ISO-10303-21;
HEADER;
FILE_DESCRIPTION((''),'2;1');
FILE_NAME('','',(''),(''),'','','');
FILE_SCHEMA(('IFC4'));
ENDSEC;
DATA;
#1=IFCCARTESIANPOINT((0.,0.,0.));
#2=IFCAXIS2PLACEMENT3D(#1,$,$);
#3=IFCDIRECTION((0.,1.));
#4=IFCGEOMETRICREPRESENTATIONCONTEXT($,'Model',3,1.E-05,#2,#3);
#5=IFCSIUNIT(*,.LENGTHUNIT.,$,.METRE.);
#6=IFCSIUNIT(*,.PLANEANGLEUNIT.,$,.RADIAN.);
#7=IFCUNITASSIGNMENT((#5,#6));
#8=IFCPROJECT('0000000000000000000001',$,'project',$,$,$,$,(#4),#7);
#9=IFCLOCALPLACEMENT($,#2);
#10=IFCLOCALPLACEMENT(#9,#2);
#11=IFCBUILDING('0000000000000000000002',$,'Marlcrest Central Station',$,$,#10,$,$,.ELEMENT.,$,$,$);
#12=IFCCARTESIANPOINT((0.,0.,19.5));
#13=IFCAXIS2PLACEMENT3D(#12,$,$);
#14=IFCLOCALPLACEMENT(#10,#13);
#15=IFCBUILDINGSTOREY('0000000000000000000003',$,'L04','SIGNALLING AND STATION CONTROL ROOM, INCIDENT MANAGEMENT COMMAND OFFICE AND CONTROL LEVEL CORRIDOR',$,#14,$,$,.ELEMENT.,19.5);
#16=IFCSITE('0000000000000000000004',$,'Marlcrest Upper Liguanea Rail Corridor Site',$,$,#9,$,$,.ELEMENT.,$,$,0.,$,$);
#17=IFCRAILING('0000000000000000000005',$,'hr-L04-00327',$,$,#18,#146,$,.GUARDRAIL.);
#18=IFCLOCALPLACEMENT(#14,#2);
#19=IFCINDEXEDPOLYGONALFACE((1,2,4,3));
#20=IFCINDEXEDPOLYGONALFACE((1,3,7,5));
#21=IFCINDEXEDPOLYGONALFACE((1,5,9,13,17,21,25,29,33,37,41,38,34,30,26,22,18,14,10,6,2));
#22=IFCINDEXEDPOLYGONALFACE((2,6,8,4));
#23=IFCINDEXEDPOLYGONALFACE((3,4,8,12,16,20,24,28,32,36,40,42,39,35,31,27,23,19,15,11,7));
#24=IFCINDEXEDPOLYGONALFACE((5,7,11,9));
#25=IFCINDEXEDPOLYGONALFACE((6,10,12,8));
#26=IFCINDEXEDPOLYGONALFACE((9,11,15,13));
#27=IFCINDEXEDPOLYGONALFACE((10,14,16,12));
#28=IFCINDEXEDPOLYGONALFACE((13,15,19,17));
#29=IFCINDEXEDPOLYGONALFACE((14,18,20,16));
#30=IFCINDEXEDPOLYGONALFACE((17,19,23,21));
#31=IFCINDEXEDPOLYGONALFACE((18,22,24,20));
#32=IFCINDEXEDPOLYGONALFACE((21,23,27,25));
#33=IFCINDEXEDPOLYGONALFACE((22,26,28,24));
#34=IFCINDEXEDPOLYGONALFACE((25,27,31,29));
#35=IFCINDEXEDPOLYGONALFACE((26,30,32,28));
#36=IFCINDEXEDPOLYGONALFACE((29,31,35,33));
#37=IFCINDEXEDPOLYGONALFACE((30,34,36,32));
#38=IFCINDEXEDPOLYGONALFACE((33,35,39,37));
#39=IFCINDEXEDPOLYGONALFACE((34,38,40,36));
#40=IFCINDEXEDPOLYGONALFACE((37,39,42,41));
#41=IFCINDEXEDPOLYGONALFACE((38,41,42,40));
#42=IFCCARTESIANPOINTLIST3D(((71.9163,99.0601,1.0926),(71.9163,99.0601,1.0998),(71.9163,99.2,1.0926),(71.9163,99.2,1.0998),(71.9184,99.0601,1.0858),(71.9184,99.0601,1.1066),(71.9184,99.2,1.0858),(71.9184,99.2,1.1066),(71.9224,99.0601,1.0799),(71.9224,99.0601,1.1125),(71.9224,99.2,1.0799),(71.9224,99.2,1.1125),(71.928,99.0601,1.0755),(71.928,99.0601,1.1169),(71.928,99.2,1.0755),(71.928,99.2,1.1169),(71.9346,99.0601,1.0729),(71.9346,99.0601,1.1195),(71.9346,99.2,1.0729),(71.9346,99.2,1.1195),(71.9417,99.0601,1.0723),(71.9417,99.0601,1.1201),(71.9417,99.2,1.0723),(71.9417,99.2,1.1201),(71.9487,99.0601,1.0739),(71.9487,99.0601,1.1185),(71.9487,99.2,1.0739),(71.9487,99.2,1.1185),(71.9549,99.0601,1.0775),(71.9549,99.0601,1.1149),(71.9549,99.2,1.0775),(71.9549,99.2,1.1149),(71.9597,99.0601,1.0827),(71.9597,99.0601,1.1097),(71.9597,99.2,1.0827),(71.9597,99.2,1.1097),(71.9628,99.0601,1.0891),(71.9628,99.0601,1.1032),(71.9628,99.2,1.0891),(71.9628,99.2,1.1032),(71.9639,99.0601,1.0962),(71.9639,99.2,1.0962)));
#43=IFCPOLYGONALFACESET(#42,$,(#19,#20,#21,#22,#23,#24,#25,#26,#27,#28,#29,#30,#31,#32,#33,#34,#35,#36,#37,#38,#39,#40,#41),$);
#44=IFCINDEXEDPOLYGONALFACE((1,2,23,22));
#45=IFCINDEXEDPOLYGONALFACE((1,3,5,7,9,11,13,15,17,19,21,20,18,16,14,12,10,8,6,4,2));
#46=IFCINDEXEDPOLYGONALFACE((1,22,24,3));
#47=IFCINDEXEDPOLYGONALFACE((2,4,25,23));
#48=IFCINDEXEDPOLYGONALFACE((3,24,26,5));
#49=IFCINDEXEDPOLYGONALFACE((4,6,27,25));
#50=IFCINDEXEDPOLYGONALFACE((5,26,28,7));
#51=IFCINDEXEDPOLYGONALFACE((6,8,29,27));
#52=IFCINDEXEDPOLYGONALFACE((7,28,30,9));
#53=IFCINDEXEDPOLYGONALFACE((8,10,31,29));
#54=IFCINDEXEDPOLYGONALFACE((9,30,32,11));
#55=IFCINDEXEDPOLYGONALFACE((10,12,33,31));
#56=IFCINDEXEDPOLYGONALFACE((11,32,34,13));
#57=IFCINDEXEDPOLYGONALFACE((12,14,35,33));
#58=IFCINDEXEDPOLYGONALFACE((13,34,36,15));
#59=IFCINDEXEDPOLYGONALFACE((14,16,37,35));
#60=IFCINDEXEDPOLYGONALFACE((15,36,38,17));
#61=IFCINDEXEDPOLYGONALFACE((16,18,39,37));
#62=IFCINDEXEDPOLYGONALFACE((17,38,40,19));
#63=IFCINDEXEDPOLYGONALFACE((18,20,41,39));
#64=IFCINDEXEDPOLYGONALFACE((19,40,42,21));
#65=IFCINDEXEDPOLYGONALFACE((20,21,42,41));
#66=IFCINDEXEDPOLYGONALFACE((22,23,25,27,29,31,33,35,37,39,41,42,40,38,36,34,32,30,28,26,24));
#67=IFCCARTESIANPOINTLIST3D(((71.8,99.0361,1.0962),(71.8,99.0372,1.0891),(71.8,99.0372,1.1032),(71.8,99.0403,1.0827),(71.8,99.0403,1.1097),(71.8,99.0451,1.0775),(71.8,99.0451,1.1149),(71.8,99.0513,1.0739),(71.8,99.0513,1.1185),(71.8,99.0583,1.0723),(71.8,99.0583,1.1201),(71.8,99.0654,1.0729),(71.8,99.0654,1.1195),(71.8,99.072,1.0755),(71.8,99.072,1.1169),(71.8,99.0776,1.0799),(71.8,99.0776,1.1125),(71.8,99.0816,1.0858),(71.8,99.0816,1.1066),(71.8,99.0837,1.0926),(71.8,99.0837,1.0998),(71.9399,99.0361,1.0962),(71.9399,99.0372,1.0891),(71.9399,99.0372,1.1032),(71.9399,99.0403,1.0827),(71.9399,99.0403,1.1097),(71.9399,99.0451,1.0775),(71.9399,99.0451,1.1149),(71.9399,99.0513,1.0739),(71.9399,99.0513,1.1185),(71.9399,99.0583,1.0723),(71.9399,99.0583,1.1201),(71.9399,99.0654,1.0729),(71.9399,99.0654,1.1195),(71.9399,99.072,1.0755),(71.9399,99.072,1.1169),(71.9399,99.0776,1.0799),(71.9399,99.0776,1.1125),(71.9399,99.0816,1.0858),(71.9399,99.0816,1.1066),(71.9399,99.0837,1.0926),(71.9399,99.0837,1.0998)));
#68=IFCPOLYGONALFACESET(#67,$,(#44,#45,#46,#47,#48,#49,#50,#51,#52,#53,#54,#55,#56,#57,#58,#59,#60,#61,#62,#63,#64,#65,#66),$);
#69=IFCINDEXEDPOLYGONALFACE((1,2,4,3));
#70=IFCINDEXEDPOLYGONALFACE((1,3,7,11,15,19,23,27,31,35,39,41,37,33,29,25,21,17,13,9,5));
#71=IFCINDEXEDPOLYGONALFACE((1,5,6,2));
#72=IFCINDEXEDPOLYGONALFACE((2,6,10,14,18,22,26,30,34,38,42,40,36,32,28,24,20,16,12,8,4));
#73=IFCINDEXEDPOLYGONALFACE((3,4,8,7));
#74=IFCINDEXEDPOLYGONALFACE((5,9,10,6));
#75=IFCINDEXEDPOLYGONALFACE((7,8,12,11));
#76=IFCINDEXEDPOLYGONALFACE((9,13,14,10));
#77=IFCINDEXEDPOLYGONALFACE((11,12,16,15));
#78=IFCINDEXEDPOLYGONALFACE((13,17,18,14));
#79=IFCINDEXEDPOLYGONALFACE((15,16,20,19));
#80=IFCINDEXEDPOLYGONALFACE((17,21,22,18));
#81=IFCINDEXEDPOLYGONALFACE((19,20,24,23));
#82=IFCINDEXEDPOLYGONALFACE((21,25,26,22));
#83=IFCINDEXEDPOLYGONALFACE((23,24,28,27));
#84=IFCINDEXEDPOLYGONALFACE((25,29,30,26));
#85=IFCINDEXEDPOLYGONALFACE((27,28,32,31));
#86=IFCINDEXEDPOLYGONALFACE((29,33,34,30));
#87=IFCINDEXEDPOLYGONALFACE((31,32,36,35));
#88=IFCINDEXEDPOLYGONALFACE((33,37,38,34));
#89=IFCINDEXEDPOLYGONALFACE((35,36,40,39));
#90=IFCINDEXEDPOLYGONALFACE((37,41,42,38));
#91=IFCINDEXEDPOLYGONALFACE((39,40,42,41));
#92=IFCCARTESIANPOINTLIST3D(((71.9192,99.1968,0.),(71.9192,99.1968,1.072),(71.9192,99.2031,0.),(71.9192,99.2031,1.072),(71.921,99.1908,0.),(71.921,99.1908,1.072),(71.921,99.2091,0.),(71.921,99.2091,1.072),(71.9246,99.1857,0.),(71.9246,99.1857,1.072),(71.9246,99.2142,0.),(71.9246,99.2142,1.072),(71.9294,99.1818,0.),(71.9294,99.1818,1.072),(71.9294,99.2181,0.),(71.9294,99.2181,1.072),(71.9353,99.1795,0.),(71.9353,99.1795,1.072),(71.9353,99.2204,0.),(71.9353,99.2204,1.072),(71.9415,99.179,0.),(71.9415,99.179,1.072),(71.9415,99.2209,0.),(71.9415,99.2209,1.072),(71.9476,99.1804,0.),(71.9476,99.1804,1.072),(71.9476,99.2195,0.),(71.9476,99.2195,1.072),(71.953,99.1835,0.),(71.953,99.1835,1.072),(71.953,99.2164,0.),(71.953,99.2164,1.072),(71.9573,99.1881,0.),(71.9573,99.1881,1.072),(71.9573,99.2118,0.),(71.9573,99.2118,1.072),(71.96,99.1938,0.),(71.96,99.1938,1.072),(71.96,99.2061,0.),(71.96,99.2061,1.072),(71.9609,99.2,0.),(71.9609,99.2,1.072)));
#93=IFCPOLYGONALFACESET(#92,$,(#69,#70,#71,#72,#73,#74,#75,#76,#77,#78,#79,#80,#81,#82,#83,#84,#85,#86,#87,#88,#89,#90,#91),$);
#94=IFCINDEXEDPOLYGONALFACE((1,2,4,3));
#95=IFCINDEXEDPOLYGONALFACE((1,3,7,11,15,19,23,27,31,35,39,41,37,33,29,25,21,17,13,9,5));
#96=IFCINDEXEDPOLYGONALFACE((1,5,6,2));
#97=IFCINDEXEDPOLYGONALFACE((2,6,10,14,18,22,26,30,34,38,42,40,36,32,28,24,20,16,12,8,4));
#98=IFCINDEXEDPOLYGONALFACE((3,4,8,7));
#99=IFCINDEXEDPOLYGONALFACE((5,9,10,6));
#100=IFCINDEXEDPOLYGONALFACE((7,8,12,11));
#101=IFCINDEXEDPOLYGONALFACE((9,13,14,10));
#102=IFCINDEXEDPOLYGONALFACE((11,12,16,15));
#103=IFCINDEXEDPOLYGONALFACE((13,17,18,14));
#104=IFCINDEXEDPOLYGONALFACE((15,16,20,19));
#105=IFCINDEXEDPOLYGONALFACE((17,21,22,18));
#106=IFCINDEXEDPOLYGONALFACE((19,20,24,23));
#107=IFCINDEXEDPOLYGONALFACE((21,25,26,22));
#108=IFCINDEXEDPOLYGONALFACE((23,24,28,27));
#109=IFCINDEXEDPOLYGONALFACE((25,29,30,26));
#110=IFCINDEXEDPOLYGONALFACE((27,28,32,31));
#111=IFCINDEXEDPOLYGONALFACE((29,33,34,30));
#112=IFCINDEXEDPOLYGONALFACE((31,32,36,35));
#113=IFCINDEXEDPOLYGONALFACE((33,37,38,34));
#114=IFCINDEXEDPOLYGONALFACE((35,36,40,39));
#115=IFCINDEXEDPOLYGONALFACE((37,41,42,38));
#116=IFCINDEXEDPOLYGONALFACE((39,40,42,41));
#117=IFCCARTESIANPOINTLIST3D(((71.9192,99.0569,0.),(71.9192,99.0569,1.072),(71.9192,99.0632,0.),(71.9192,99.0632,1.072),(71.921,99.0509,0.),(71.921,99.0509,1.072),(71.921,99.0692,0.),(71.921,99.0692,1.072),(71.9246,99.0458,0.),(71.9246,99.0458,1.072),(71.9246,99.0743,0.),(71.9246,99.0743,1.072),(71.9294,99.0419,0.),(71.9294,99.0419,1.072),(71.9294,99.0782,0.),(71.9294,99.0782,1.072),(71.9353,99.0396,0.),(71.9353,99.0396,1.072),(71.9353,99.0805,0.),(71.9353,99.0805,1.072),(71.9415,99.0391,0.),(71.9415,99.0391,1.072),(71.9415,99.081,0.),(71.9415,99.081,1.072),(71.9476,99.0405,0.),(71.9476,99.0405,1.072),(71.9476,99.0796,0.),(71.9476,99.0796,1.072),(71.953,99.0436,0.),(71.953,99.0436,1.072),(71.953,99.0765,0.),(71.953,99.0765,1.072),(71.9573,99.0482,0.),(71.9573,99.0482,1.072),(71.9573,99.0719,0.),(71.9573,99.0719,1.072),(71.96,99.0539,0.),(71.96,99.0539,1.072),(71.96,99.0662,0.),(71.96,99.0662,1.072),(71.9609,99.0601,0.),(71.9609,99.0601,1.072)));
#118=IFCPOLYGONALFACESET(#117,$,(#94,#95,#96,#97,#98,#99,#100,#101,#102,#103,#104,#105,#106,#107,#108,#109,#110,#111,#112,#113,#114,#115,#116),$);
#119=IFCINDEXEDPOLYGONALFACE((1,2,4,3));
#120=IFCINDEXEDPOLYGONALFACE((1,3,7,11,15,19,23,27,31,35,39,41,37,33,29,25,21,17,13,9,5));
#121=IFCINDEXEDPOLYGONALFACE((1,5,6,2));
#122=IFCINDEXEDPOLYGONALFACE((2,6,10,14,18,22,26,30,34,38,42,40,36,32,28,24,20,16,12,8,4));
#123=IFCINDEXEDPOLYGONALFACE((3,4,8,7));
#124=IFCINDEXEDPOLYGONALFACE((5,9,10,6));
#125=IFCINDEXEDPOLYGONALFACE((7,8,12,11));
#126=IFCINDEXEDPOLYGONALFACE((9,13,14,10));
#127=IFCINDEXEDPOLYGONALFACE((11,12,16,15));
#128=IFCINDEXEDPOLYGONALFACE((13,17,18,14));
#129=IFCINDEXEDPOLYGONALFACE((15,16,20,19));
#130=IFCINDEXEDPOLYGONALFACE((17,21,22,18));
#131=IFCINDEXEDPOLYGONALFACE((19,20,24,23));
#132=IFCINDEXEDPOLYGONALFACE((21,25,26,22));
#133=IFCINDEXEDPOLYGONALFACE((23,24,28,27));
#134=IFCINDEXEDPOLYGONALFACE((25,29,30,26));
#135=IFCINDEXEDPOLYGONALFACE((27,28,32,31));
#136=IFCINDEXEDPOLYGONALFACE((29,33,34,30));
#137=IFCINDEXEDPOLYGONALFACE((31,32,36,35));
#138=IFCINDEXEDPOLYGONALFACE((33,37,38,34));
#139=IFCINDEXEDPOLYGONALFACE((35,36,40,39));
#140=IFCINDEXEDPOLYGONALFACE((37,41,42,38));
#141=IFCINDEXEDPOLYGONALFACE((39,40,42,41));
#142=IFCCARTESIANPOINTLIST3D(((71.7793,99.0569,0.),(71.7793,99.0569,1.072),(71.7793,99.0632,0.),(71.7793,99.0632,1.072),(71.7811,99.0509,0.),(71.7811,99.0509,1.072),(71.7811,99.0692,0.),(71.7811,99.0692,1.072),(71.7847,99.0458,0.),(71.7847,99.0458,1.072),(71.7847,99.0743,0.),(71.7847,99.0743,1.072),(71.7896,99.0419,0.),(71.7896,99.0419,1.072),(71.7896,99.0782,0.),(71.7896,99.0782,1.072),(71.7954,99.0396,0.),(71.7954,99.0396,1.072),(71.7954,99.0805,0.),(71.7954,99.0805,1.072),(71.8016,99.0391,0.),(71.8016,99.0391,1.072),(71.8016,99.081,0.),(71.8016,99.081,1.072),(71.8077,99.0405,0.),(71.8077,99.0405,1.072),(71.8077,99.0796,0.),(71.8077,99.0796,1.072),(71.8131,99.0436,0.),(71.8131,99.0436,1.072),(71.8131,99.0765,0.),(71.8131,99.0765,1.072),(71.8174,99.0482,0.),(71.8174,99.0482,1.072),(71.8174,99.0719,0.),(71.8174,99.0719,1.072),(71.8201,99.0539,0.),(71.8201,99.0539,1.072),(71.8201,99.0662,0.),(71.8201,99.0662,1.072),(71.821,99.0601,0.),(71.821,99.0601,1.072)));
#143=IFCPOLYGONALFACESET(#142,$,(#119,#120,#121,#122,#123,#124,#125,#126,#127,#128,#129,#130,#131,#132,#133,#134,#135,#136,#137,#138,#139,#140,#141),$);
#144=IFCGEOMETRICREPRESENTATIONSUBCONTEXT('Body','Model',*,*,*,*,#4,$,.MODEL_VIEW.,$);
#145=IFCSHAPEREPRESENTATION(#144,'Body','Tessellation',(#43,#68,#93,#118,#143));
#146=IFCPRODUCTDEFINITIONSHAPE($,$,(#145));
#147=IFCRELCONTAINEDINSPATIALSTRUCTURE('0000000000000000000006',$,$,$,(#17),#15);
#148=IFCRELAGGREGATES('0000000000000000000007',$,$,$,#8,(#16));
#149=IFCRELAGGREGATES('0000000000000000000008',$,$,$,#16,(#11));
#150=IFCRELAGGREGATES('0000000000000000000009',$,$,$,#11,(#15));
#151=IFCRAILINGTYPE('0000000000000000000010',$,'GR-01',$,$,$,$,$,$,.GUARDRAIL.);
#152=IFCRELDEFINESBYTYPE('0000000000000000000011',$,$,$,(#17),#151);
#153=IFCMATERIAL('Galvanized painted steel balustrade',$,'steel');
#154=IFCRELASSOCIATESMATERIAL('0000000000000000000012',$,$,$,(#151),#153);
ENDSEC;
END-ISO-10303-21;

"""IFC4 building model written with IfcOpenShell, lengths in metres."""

from ifc_helpers import new_model, si_unit, direction, frame, origin, origin_2d, place, context, subcontext, project, spatial, circle, extrude, material, type_object, element, save


model = new_model("IFC4")

# Units and contexts
model_context = context("Model", 3, precision=1e-05, world=origin(), true_north=direction((0.0, 1.0)))
body_context = subcontext(model_context, "Body", "Model", "MODEL_VIEW")
ifc_project = project(units=[si_unit("LENGTHUNIT", "METRE"), si_unit("PLANEANGLEUNIT", "RADIAN")], contexts=[model_context])

# Site, building, storey
site_placement = place(None, origin())
site = spatial("IfcSite", under=ifc_project, at=site_placement, Name="Marlcrest Upper Liguanea Rail Corridor Site", CompositionType="ELEMENT", RefElevation=0.0)
building_placement = place(site_placement, origin())
building = spatial("IfcBuilding", under=site, at=building_placement, Name="Marlcrest Central Station", CompositionType="ELEMENT")
storey_placement = place(building_placement, frame((0.0, 0.0, 19.5)))
storey = spatial("IfcBuildingStorey", under=building, at=storey_placement, Name="L04", Description="SIGNALLING AND STATION CONTROL ROOM, INCIDENT MANAGEMENT COMMAND OFFICE AND CONTROL LEVEL CORRIDOR", CompositionType="ELEMENT", Elevation=19.5)

# Railing
ifc_material_1 = material(Name="Galvanized painted steel balustrade", Category="steel")
railing_type = type_object("IfcRailingType", Name="GR-01", PredefinedType="GUARDRAIL", material=ifc_material_1)
railing_1_placement = place(storey_placement, frame((71.9399, 99.2, 0.0)))
element("IfcRailing", 1, at=railing_1_placement, inside=storey, type_object=railing_type, Name="hr-L04-00327", PredefinedType="GUARDRAIL", context=body_context, shape_type="SweptSolid", body=[
    extrude(circle(Radius=0.0239, at=origin_2d()), frame((0.0, 0.0, 1.0962), z_axis=(0.0, -1.0, 0.0), x_axis=(1.0, 0.0, 0.0)), (0.0, 0.0, 1.0), 0.1399),
    extrude(circle(Radius=0.0239, at=origin_2d()), frame((0.0, -0.1399, 1.0962), z_axis=(-1.0, 0.0, 0.0), x_axis=(0.0, -1.0, 0.0)), (0.0, 0.0, 1.0), 0.1399),
    extrude(circle(Radius=0.021, at=origin_2d()), origin(), (0.0, 0.0, 1.0), 1.072),
    extrude(circle(Radius=0.021, at=origin_2d()), frame((0.0, -0.1399, 0.0)), (0.0, 0.0, 1.0), 1.072),
    extrude(circle(Radius=0.021, at=origin_2d()), frame((-0.1399, -0.1399, 0.0)), (0.0, 0.0, 1.0), 1.072),
])

save(model, "model.ifc")
